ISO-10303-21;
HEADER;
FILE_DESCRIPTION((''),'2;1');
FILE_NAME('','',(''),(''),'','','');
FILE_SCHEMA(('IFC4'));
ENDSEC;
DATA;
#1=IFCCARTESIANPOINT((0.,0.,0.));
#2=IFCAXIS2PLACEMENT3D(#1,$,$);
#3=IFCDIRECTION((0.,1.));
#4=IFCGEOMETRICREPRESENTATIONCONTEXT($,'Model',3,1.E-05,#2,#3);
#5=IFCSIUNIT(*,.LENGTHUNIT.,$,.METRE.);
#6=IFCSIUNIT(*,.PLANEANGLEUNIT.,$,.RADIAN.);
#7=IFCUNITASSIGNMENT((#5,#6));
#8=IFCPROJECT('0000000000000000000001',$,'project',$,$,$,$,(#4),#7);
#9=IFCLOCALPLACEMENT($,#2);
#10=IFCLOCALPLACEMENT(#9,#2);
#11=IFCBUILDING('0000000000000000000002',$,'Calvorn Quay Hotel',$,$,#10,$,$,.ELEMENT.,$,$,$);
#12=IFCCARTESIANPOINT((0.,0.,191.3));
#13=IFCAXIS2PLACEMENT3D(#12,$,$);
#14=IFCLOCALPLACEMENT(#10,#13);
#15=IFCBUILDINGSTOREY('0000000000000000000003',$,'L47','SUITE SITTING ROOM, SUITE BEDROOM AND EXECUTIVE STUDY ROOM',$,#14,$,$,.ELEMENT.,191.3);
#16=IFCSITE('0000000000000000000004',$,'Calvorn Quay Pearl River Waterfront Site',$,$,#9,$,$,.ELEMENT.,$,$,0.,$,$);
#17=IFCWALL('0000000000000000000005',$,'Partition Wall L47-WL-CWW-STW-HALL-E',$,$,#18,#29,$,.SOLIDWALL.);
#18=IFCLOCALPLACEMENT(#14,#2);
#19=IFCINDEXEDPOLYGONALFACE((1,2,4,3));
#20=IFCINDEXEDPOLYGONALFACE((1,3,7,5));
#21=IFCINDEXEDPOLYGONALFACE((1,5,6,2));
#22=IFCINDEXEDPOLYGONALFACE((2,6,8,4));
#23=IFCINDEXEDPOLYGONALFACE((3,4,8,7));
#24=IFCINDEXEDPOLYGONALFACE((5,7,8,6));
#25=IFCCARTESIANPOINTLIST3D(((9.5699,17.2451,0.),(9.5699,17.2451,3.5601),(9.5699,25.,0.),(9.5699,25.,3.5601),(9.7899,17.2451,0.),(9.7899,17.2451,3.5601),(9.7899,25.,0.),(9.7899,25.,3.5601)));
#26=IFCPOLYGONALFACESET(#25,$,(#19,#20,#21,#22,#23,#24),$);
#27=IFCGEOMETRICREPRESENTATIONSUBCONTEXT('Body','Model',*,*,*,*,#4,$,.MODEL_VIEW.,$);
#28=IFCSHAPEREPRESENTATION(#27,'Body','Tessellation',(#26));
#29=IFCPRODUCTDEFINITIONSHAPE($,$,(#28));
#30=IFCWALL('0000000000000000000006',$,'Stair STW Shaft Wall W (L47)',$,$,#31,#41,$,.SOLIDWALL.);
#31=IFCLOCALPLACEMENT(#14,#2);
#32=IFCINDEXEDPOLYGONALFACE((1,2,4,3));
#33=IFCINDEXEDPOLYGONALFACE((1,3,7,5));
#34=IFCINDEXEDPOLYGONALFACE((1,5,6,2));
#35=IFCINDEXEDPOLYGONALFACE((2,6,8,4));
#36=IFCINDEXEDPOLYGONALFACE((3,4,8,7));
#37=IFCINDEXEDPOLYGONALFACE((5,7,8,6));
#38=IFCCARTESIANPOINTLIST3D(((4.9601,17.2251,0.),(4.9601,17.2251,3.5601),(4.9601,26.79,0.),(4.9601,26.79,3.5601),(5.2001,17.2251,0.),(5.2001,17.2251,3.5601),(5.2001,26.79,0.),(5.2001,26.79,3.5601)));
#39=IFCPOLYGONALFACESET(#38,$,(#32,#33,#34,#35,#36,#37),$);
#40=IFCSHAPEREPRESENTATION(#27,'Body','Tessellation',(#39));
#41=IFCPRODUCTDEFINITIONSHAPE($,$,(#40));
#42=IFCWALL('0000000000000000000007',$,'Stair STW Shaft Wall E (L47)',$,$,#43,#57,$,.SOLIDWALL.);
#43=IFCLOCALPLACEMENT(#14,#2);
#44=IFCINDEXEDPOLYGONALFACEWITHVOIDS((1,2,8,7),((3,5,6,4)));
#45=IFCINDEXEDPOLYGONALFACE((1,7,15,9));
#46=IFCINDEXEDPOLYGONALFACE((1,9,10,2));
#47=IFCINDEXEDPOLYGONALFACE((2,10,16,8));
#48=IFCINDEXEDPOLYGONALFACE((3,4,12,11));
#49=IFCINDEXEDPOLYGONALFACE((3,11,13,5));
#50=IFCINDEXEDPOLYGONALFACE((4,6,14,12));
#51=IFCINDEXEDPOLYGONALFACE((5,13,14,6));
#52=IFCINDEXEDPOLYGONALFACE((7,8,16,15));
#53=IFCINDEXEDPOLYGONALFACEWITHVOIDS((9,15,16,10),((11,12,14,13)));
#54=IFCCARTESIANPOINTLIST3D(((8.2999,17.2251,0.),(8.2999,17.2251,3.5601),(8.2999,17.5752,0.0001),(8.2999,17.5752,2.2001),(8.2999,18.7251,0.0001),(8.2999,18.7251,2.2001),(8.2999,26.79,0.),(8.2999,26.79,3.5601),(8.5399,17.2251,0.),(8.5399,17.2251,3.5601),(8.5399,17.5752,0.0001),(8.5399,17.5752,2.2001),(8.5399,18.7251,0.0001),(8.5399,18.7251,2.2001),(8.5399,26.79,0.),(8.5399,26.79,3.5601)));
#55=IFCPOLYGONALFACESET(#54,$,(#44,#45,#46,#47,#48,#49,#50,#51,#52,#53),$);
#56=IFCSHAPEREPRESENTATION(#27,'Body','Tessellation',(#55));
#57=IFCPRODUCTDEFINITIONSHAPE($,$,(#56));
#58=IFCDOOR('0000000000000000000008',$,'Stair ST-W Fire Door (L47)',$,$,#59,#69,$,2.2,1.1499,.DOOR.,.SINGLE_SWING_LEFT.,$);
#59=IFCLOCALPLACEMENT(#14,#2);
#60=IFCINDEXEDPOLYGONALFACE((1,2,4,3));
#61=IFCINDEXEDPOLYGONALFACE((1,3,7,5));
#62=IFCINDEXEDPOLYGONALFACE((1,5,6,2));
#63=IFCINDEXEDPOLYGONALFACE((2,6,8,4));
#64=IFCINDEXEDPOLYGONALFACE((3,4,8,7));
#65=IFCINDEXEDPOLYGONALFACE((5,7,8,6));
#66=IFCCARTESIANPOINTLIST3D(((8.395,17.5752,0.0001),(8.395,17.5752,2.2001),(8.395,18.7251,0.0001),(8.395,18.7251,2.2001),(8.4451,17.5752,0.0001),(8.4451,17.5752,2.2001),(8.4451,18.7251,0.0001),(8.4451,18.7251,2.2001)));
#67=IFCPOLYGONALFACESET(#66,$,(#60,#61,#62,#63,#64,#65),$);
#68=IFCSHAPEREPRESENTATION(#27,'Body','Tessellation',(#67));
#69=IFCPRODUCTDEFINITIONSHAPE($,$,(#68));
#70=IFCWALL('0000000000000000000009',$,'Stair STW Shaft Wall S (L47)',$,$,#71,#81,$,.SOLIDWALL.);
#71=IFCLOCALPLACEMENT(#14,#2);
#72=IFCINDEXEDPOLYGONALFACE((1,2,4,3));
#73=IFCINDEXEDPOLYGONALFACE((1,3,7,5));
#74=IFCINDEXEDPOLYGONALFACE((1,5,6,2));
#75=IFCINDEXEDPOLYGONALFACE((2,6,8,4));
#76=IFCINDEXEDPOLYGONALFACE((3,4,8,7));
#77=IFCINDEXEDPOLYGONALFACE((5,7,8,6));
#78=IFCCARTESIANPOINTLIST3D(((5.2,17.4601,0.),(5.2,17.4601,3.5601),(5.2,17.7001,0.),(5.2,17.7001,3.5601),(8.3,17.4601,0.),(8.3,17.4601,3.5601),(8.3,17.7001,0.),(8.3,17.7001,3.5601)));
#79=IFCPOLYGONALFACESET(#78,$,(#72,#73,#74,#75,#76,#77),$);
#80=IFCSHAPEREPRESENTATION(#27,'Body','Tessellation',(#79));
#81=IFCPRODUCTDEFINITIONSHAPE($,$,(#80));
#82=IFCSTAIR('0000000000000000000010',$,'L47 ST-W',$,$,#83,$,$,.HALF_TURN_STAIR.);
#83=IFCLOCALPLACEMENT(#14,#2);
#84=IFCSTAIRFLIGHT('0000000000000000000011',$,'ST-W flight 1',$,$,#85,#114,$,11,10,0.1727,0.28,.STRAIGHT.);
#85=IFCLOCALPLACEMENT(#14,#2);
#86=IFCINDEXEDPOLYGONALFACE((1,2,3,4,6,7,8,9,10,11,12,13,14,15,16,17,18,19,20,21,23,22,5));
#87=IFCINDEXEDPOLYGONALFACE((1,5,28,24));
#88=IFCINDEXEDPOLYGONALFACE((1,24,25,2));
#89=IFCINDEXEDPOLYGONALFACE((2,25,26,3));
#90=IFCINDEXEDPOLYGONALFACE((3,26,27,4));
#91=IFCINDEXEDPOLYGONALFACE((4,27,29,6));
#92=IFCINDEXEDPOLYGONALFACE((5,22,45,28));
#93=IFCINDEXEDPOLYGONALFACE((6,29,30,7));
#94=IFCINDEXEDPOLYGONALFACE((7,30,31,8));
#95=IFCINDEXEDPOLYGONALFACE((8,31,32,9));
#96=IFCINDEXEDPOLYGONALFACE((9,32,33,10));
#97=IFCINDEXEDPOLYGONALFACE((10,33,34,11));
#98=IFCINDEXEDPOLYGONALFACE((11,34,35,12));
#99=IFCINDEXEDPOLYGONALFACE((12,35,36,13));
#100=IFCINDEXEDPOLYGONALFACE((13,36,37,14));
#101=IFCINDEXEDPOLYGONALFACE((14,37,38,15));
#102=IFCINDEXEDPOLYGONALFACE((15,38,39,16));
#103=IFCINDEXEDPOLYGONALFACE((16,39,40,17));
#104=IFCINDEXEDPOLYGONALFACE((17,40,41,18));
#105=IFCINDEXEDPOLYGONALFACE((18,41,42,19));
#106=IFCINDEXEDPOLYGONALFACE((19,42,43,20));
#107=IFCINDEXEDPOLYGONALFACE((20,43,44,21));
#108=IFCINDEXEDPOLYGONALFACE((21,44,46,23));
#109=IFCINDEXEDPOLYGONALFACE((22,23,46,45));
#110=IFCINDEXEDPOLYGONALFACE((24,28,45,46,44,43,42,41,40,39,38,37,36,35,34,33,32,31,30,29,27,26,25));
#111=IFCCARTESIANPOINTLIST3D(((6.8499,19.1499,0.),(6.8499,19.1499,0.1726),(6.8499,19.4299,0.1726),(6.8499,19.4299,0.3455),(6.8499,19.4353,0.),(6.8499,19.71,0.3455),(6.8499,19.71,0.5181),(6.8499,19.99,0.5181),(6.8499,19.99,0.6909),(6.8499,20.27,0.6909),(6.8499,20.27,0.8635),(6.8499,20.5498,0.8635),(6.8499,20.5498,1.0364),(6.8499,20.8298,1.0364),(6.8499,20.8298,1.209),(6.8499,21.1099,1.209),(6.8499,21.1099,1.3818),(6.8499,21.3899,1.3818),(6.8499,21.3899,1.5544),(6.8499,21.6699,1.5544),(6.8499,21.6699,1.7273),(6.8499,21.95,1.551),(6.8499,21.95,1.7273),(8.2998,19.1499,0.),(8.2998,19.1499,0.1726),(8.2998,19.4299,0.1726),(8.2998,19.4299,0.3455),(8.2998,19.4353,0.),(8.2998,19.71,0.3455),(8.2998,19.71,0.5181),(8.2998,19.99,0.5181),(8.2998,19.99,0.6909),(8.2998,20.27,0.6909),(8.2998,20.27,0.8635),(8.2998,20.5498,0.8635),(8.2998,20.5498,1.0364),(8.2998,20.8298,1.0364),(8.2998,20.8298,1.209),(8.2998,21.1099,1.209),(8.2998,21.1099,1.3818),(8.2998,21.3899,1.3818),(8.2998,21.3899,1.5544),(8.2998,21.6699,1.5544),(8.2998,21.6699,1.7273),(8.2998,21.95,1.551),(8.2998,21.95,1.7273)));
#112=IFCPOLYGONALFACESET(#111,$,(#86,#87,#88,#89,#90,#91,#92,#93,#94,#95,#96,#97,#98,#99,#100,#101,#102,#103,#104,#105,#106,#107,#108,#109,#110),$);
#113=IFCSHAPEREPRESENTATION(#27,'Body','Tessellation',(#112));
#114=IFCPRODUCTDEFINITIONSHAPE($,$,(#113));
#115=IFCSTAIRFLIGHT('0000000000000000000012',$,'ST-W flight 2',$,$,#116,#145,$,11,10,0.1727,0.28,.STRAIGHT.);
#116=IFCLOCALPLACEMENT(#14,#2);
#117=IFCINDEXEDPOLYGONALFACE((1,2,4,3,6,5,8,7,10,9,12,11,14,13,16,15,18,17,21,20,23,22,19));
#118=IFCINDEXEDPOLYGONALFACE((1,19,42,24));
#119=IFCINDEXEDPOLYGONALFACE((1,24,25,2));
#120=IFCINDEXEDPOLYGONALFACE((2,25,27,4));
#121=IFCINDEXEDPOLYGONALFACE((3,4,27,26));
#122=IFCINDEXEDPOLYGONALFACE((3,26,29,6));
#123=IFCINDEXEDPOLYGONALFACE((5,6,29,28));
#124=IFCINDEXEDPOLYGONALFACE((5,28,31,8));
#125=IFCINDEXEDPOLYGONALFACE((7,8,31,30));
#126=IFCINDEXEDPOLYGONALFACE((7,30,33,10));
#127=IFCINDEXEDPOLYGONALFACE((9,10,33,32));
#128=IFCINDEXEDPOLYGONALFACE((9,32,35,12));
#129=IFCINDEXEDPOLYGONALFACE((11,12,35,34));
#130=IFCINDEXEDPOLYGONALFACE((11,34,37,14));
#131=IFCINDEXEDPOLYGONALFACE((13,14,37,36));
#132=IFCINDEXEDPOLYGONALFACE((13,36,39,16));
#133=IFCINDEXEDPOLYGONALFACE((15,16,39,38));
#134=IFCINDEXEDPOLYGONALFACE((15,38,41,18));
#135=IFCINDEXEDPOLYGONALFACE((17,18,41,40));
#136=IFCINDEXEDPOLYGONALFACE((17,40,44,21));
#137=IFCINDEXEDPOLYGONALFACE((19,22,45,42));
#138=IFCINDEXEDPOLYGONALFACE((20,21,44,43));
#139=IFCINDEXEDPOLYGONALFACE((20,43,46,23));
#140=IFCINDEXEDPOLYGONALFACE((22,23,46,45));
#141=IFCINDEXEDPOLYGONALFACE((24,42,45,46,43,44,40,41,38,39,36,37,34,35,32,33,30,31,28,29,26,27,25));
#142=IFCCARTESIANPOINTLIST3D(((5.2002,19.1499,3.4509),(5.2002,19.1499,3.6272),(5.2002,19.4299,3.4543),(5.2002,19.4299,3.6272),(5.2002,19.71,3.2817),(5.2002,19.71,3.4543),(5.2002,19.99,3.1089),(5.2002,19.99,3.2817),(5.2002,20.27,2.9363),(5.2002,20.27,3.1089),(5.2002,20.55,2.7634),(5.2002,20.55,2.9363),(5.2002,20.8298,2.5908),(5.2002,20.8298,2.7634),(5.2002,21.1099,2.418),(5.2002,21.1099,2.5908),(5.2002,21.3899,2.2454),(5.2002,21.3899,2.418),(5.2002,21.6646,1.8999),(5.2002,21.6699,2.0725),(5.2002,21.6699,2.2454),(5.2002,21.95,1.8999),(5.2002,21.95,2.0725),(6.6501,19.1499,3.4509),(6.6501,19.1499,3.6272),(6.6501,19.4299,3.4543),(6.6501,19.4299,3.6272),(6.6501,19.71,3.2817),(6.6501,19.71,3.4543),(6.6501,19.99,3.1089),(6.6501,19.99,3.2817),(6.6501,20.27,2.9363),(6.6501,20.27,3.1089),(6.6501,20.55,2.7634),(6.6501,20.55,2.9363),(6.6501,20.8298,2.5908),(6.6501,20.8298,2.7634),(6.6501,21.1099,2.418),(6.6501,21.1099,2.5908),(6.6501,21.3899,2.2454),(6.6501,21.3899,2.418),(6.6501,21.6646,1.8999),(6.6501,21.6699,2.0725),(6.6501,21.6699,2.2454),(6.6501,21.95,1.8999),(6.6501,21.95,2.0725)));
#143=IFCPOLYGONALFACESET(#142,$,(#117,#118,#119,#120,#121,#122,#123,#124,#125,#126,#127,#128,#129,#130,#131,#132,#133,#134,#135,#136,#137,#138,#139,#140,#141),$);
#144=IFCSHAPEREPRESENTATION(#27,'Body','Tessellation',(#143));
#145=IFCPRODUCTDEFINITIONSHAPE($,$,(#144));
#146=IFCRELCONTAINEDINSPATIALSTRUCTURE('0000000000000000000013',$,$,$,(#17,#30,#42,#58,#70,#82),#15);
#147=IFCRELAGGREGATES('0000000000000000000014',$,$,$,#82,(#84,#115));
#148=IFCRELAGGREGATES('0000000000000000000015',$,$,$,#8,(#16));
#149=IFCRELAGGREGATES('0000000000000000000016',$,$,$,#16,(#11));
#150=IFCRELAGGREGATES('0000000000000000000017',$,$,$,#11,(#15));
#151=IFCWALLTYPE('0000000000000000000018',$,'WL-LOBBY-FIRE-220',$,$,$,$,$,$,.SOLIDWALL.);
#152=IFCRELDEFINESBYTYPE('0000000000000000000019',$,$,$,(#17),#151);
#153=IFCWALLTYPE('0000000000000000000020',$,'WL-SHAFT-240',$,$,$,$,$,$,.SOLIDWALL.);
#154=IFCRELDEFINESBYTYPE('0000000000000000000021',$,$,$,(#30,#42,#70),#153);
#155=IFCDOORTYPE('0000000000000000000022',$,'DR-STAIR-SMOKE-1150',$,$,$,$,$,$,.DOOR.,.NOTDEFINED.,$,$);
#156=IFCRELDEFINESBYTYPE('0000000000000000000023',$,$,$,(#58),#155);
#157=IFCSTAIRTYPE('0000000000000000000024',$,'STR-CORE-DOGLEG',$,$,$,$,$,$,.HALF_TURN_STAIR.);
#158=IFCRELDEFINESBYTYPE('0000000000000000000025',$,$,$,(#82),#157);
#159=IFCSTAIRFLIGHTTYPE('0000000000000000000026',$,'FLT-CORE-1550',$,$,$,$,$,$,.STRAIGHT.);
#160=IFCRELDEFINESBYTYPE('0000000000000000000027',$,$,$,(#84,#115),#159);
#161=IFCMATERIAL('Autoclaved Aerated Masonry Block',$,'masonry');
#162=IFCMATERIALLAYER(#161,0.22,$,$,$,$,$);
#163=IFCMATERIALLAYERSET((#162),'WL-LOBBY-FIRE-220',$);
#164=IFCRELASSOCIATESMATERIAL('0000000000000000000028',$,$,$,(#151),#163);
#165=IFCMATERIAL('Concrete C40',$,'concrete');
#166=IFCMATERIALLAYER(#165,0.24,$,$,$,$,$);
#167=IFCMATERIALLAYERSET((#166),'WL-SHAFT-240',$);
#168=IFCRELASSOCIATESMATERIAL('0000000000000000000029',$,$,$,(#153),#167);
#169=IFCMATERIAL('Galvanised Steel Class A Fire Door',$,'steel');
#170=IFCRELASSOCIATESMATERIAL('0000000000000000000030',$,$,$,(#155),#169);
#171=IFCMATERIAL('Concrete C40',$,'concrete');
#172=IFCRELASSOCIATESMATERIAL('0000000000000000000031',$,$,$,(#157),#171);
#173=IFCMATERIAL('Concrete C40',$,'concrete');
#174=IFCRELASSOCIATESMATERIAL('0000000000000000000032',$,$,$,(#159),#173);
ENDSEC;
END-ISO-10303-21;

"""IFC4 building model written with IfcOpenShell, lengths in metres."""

from ifc_helpers import new_model, si_unit, direction, frame, frame_2d, origin, place, context, subcontext, project, spatial, polyline, rectangle, outline, extrude, material, layer, layer_set, type_object, element, fill, aggregate, save


model = new_model("IFC4")

# Units and contexts
model_context = context("Model", 3, precision=1e-05, world=origin(), true_north=direction((0.0, 1.0)))
body_context = subcontext(model_context, "Body", "Model", "MODEL_VIEW")
ifc_project = project(units=[si_unit("LENGTHUNIT", "METRE"), si_unit("PLANEANGLEUNIT", "RADIAN")], contexts=[model_context])

# Site, building, storey
site_placement = place(None, origin())
site = spatial("IfcSite", under=ifc_project, at=site_placement, Name="Calvorn Quay Pearl River Waterfront Site", CompositionType="ELEMENT", RefElevation=0.0)
building_placement = place(site_placement, origin())
building = spatial("IfcBuilding", under=site, at=building_placement, Name="Calvorn Quay Hotel", CompositionType="ELEMENT")
storey_placement = place(building_placement, frame((0.0, 0.0, 191.3)))
storey = spatial("IfcBuildingStorey", under=building, at=storey_placement, Name="L47", Description="SUITE SITTING ROOM, SUITE BEDROOM AND EXECUTIVE STUDY ROOM", CompositionType="ELEMENT", Elevation=191.3)

# Walls
ifc_material_1 = material(Name="Autoclaved Aerated Masonry Block", Category="masonry")
ifc_layer_1 = layer(ifc_material_1, 0.22)
ifc_layer_set_1 = layer_set([ifc_layer_1], Name="WL-LOBBY-FIRE-220")
wall_type_1 = type_object("IfcWallType", Name="WL-LOBBY-FIRE-220", PredefinedType="SOLIDWALL", material=ifc_layer_set_1)
wall_1_placement = place(storey_placement, frame((9.6799, 17.2451, 0.0), z_axis=(0.0, 0.0, 1.0), x_axis=(0.0, 1.0, 0.0)))
element("IfcWall", 1, at=wall_1_placement, inside=storey, type_object=wall_type_1, Name="Partition Wall L47-WL-CWW-STW-HALL-E", PredefinedType="SOLIDWALL", context=body_context, shape_type="SweptSolid", body=[
    extrude(rectangle(XDim=7.7549, YDim=0.22, at=frame_2d((3.8774, 0.0))), origin(), (0.0, 0.0, 1.0), 3.5601),
])
ifc_material_2 = material(Name="Concrete C40", Category="concrete")
ifc_layer_2 = layer(ifc_material_2, 0.24)
ifc_layer_set_2 = layer_set([ifc_layer_2], Name="WL-SHAFT-240")
wall_type_2 = type_object("IfcWallType", Name="WL-SHAFT-240", PredefinedType="SOLIDWALL", material=ifc_layer_set_2)
wall_2_placement = place(storey_placement, frame((5.0801, 17.2251, 0.0), z_axis=(0.0, 0.0, 1.0), x_axis=(0.0, 1.0, 0.0)))
element("IfcWall", 2, at=wall_2_placement, inside=storey, type_object=wall_type_2, Name="Stair STW Shaft Wall W (L47)", PredefinedType="SOLIDWALL", context=body_context, shape_type="SweptSolid", body=[
    extrude(rectangle(XDim=9.5649, YDim=0.24, at=frame_2d((4.7825, 0.0))), origin(), (0.0, 0.0, 1.0), 3.5601),
])

# Wall, opening, door
wall_3_placement = place(storey_placement, frame((8.4199, 17.2251, 0.0), z_axis=(0.0, 0.0, 1.0), x_axis=(0.0, 1.0, 0.0)))
wall_3 = element("IfcWall", 3, at=wall_3_placement, inside=storey, type_object=wall_type_2, Name="Stair STW Shaft Wall E (L47)", PredefinedType="SOLIDWALL", context=body_context, shape_type="SweptSolid", body=[
    extrude(rectangle(XDim=9.5649, YDim=0.24, at=frame_2d((4.7825, 0.0))), origin(), (0.0, 0.0, 1.0), 3.5601),
])
opening_1_placement = place(wall_3_placement, frame((0.3501, 0.0, 0.0)))
opening_1 = element("IfcOpeningElement", 4, at=opening_1_placement, cuts=wall_3, PredefinedType="OPENING", context=body_context, shape_type="SweptSolid", body=[
    extrude(rectangle(XDim=1.1499, YDim=2.2, at=frame_2d((0.575, 1.1001))), frame((0.0, 0.1299, 0.0), z_axis=(0.0, -1.0, 0.0), x_axis=(1.0, 0.0, 0.0)), (0.0, 0.0, 1.0), 0.26),
])
ifc_material_3 = material(Name="Galvanised Steel Class A Fire Door", Category="steel")
door_type_1 = type_object("IfcDoorType", Name="DR-STAIR-SMOKE-1150", OperationType="NOTDEFINED", PredefinedType="DOOR", material=ifc_material_3)
door_1_placement = place(opening_1_placement, origin())
door_1 = element("IfcDoor", 5, at=door_1_placement, inside=storey, type_object=door_type_1, Name="Stair ST-W Fire Door (L47)", OperationType="SINGLE_SWING_LEFT", OverallHeight=2.2, OverallWidth=1.1499, PredefinedType="DOOR", context=body_context, shape_type="SweptSolid", body=[
    extrude(rectangle(XDim=1.1499, YDim=2.2, at=frame_2d((0.575, 1.1001))), frame((0.0, 0.0249, 0.0), z_axis=(0.0, -1.0, 0.0), x_axis=(1.0, 0.0, 0.0)), (0.0, 0.0, 1.0), 0.05),
])
fill(opening_1, door_1)

# Wall
wall_4_placement = place(storey_placement, frame((5.2, 17.5801, 0.0), z_axis=(0.0, 0.0, 1.0), x_axis=(1.0, 0.0, 0.0)))
element("IfcWall", 6, at=wall_4_placement, inside=storey, type_object=wall_type_2, Name="Stair STW Shaft Wall S (L47)", PredefinedType="SOLIDWALL", context=body_context, shape_type="SweptSolid", body=[
    extrude(rectangle(XDim=3.1001, YDim=0.24, at=frame_2d((1.55, 0.0))), origin(), (0.0, 0.0, 1.0), 3.5601),
])

# Stair, stair flights
ifc_material_4 = material(Name="Concrete C40", Category="concrete")
stair_type = type_object("IfcStairType", Name="STR-CORE-DOGLEG", PredefinedType="HALF_TURN_STAIR", material=ifc_material_4)
stair_placement = place(storey_placement, origin())
stair = element("IfcStair", 7, at=stair_placement, inside=storey, type_object=stair_type, Name="L47 ST-W", PredefinedType="HALF_TURN_STAIR")
ifc_material_5 = material(Name="Concrete C40", Category="concrete")
stair_flight_type = type_object("IfcStairFlightType", Name="FLT-CORE-1550", PredefinedType="STRAIGHT", material=ifc_material_5)
stair_flight_1_placement = place(storey_placement, frame((7.575, 19.1499, 0.0), z_axis=(0.0, 0.0, 1.0), x_axis=(0.0, 1.0, 0.0)))
stair_flight_1 = element("IfcStairFlight", 8, at=stair_flight_1_placement, type_object=stair_flight_type, Name="ST-W flight 1", NumberOfRisers=11, NumberOfTreads=10, PredefinedType="STRAIGHT", RiserHeight=0.1727, TreadLength=0.28, context=body_context, shape_type="SweptSolid", body=[
    extrude(outline(polyline([(0.0, 0.0), (0.0, 0.1726), (0.28, 0.1726), (0.28, 0.3455), (0.5601, 0.3455), (0.5601, 0.5181), (0.8401, 0.5181), (0.8401, 0.6909), (1.1201, 0.6909), (1.1201, 0.8635), (1.3999, 0.8635), (1.3999, 1.0364), (1.6799, 1.0364), (1.6799, 1.209), (1.96, 1.209), (1.96, 1.3818), (2.24, 1.3818), (2.24, 1.5544), (2.52, 1.5544), (2.52, 1.7273), (2.8, 1.7273), (2.8, 1.8999), (2.8, 1.551), (0.2854, 0.0), (0.0, 0.0)])), frame((0.0, 0.7251, 0.0), z_axis=(0.0, -1.0, 0.0), x_axis=(1.0, 0.0, 0.0)), (0.0, 0.0, 1.0), 1.45),
])
stair_flight_2_placement = place(storey_placement, frame((5.925, 21.95, 1.8999), z_axis=(0.0, 0.0, 1.0), x_axis=(0.0, -1.0, 0.0)))
stair_flight_2 = element("IfcStairFlight", 9, at=stair_flight_2_placement, type_object=stair_flight_type, Name="ST-W flight 2", NumberOfRisers=11, NumberOfTreads=10, PredefinedType="STRAIGHT", RiserHeight=0.1727, TreadLength=0.28, context=body_context, shape_type="SweptSolid", body=[
    extrude(outline(polyline([(0.0, 0.0), (0.0, 0.1726), (0.28, 0.1726), (0.28, 0.3455), (0.5601, 0.3455), (0.5601, 0.5181), (0.8401, 0.5181), (0.8401, 0.6909), (1.1201, 0.6909), (1.1201, 0.8635), (1.3999, 0.8635), (1.3999, 1.0364), (1.6799, 1.0364), (1.6799, 1.209), (1.96, 1.209), (1.96, 1.3818), (2.24, 1.3818), (2.24, 1.5544), (2.52, 1.5544), (2.52, 1.7273), (2.8, 1.7273), (2.8, 1.8999), (2.8, 1.551), (0.2854, 0.0), (0.0, 0.0)])), frame((0.0, 0.7251, 0.0), z_axis=(0.0, -1.0, 0.0), x_axis=(1.0, 0.0, 0.0)), (0.0, 0.0, 1.0), 1.45),
])
aggregate(stair, [stair_flight_1, stair_flight_2])

save(model, "model.ifc")
